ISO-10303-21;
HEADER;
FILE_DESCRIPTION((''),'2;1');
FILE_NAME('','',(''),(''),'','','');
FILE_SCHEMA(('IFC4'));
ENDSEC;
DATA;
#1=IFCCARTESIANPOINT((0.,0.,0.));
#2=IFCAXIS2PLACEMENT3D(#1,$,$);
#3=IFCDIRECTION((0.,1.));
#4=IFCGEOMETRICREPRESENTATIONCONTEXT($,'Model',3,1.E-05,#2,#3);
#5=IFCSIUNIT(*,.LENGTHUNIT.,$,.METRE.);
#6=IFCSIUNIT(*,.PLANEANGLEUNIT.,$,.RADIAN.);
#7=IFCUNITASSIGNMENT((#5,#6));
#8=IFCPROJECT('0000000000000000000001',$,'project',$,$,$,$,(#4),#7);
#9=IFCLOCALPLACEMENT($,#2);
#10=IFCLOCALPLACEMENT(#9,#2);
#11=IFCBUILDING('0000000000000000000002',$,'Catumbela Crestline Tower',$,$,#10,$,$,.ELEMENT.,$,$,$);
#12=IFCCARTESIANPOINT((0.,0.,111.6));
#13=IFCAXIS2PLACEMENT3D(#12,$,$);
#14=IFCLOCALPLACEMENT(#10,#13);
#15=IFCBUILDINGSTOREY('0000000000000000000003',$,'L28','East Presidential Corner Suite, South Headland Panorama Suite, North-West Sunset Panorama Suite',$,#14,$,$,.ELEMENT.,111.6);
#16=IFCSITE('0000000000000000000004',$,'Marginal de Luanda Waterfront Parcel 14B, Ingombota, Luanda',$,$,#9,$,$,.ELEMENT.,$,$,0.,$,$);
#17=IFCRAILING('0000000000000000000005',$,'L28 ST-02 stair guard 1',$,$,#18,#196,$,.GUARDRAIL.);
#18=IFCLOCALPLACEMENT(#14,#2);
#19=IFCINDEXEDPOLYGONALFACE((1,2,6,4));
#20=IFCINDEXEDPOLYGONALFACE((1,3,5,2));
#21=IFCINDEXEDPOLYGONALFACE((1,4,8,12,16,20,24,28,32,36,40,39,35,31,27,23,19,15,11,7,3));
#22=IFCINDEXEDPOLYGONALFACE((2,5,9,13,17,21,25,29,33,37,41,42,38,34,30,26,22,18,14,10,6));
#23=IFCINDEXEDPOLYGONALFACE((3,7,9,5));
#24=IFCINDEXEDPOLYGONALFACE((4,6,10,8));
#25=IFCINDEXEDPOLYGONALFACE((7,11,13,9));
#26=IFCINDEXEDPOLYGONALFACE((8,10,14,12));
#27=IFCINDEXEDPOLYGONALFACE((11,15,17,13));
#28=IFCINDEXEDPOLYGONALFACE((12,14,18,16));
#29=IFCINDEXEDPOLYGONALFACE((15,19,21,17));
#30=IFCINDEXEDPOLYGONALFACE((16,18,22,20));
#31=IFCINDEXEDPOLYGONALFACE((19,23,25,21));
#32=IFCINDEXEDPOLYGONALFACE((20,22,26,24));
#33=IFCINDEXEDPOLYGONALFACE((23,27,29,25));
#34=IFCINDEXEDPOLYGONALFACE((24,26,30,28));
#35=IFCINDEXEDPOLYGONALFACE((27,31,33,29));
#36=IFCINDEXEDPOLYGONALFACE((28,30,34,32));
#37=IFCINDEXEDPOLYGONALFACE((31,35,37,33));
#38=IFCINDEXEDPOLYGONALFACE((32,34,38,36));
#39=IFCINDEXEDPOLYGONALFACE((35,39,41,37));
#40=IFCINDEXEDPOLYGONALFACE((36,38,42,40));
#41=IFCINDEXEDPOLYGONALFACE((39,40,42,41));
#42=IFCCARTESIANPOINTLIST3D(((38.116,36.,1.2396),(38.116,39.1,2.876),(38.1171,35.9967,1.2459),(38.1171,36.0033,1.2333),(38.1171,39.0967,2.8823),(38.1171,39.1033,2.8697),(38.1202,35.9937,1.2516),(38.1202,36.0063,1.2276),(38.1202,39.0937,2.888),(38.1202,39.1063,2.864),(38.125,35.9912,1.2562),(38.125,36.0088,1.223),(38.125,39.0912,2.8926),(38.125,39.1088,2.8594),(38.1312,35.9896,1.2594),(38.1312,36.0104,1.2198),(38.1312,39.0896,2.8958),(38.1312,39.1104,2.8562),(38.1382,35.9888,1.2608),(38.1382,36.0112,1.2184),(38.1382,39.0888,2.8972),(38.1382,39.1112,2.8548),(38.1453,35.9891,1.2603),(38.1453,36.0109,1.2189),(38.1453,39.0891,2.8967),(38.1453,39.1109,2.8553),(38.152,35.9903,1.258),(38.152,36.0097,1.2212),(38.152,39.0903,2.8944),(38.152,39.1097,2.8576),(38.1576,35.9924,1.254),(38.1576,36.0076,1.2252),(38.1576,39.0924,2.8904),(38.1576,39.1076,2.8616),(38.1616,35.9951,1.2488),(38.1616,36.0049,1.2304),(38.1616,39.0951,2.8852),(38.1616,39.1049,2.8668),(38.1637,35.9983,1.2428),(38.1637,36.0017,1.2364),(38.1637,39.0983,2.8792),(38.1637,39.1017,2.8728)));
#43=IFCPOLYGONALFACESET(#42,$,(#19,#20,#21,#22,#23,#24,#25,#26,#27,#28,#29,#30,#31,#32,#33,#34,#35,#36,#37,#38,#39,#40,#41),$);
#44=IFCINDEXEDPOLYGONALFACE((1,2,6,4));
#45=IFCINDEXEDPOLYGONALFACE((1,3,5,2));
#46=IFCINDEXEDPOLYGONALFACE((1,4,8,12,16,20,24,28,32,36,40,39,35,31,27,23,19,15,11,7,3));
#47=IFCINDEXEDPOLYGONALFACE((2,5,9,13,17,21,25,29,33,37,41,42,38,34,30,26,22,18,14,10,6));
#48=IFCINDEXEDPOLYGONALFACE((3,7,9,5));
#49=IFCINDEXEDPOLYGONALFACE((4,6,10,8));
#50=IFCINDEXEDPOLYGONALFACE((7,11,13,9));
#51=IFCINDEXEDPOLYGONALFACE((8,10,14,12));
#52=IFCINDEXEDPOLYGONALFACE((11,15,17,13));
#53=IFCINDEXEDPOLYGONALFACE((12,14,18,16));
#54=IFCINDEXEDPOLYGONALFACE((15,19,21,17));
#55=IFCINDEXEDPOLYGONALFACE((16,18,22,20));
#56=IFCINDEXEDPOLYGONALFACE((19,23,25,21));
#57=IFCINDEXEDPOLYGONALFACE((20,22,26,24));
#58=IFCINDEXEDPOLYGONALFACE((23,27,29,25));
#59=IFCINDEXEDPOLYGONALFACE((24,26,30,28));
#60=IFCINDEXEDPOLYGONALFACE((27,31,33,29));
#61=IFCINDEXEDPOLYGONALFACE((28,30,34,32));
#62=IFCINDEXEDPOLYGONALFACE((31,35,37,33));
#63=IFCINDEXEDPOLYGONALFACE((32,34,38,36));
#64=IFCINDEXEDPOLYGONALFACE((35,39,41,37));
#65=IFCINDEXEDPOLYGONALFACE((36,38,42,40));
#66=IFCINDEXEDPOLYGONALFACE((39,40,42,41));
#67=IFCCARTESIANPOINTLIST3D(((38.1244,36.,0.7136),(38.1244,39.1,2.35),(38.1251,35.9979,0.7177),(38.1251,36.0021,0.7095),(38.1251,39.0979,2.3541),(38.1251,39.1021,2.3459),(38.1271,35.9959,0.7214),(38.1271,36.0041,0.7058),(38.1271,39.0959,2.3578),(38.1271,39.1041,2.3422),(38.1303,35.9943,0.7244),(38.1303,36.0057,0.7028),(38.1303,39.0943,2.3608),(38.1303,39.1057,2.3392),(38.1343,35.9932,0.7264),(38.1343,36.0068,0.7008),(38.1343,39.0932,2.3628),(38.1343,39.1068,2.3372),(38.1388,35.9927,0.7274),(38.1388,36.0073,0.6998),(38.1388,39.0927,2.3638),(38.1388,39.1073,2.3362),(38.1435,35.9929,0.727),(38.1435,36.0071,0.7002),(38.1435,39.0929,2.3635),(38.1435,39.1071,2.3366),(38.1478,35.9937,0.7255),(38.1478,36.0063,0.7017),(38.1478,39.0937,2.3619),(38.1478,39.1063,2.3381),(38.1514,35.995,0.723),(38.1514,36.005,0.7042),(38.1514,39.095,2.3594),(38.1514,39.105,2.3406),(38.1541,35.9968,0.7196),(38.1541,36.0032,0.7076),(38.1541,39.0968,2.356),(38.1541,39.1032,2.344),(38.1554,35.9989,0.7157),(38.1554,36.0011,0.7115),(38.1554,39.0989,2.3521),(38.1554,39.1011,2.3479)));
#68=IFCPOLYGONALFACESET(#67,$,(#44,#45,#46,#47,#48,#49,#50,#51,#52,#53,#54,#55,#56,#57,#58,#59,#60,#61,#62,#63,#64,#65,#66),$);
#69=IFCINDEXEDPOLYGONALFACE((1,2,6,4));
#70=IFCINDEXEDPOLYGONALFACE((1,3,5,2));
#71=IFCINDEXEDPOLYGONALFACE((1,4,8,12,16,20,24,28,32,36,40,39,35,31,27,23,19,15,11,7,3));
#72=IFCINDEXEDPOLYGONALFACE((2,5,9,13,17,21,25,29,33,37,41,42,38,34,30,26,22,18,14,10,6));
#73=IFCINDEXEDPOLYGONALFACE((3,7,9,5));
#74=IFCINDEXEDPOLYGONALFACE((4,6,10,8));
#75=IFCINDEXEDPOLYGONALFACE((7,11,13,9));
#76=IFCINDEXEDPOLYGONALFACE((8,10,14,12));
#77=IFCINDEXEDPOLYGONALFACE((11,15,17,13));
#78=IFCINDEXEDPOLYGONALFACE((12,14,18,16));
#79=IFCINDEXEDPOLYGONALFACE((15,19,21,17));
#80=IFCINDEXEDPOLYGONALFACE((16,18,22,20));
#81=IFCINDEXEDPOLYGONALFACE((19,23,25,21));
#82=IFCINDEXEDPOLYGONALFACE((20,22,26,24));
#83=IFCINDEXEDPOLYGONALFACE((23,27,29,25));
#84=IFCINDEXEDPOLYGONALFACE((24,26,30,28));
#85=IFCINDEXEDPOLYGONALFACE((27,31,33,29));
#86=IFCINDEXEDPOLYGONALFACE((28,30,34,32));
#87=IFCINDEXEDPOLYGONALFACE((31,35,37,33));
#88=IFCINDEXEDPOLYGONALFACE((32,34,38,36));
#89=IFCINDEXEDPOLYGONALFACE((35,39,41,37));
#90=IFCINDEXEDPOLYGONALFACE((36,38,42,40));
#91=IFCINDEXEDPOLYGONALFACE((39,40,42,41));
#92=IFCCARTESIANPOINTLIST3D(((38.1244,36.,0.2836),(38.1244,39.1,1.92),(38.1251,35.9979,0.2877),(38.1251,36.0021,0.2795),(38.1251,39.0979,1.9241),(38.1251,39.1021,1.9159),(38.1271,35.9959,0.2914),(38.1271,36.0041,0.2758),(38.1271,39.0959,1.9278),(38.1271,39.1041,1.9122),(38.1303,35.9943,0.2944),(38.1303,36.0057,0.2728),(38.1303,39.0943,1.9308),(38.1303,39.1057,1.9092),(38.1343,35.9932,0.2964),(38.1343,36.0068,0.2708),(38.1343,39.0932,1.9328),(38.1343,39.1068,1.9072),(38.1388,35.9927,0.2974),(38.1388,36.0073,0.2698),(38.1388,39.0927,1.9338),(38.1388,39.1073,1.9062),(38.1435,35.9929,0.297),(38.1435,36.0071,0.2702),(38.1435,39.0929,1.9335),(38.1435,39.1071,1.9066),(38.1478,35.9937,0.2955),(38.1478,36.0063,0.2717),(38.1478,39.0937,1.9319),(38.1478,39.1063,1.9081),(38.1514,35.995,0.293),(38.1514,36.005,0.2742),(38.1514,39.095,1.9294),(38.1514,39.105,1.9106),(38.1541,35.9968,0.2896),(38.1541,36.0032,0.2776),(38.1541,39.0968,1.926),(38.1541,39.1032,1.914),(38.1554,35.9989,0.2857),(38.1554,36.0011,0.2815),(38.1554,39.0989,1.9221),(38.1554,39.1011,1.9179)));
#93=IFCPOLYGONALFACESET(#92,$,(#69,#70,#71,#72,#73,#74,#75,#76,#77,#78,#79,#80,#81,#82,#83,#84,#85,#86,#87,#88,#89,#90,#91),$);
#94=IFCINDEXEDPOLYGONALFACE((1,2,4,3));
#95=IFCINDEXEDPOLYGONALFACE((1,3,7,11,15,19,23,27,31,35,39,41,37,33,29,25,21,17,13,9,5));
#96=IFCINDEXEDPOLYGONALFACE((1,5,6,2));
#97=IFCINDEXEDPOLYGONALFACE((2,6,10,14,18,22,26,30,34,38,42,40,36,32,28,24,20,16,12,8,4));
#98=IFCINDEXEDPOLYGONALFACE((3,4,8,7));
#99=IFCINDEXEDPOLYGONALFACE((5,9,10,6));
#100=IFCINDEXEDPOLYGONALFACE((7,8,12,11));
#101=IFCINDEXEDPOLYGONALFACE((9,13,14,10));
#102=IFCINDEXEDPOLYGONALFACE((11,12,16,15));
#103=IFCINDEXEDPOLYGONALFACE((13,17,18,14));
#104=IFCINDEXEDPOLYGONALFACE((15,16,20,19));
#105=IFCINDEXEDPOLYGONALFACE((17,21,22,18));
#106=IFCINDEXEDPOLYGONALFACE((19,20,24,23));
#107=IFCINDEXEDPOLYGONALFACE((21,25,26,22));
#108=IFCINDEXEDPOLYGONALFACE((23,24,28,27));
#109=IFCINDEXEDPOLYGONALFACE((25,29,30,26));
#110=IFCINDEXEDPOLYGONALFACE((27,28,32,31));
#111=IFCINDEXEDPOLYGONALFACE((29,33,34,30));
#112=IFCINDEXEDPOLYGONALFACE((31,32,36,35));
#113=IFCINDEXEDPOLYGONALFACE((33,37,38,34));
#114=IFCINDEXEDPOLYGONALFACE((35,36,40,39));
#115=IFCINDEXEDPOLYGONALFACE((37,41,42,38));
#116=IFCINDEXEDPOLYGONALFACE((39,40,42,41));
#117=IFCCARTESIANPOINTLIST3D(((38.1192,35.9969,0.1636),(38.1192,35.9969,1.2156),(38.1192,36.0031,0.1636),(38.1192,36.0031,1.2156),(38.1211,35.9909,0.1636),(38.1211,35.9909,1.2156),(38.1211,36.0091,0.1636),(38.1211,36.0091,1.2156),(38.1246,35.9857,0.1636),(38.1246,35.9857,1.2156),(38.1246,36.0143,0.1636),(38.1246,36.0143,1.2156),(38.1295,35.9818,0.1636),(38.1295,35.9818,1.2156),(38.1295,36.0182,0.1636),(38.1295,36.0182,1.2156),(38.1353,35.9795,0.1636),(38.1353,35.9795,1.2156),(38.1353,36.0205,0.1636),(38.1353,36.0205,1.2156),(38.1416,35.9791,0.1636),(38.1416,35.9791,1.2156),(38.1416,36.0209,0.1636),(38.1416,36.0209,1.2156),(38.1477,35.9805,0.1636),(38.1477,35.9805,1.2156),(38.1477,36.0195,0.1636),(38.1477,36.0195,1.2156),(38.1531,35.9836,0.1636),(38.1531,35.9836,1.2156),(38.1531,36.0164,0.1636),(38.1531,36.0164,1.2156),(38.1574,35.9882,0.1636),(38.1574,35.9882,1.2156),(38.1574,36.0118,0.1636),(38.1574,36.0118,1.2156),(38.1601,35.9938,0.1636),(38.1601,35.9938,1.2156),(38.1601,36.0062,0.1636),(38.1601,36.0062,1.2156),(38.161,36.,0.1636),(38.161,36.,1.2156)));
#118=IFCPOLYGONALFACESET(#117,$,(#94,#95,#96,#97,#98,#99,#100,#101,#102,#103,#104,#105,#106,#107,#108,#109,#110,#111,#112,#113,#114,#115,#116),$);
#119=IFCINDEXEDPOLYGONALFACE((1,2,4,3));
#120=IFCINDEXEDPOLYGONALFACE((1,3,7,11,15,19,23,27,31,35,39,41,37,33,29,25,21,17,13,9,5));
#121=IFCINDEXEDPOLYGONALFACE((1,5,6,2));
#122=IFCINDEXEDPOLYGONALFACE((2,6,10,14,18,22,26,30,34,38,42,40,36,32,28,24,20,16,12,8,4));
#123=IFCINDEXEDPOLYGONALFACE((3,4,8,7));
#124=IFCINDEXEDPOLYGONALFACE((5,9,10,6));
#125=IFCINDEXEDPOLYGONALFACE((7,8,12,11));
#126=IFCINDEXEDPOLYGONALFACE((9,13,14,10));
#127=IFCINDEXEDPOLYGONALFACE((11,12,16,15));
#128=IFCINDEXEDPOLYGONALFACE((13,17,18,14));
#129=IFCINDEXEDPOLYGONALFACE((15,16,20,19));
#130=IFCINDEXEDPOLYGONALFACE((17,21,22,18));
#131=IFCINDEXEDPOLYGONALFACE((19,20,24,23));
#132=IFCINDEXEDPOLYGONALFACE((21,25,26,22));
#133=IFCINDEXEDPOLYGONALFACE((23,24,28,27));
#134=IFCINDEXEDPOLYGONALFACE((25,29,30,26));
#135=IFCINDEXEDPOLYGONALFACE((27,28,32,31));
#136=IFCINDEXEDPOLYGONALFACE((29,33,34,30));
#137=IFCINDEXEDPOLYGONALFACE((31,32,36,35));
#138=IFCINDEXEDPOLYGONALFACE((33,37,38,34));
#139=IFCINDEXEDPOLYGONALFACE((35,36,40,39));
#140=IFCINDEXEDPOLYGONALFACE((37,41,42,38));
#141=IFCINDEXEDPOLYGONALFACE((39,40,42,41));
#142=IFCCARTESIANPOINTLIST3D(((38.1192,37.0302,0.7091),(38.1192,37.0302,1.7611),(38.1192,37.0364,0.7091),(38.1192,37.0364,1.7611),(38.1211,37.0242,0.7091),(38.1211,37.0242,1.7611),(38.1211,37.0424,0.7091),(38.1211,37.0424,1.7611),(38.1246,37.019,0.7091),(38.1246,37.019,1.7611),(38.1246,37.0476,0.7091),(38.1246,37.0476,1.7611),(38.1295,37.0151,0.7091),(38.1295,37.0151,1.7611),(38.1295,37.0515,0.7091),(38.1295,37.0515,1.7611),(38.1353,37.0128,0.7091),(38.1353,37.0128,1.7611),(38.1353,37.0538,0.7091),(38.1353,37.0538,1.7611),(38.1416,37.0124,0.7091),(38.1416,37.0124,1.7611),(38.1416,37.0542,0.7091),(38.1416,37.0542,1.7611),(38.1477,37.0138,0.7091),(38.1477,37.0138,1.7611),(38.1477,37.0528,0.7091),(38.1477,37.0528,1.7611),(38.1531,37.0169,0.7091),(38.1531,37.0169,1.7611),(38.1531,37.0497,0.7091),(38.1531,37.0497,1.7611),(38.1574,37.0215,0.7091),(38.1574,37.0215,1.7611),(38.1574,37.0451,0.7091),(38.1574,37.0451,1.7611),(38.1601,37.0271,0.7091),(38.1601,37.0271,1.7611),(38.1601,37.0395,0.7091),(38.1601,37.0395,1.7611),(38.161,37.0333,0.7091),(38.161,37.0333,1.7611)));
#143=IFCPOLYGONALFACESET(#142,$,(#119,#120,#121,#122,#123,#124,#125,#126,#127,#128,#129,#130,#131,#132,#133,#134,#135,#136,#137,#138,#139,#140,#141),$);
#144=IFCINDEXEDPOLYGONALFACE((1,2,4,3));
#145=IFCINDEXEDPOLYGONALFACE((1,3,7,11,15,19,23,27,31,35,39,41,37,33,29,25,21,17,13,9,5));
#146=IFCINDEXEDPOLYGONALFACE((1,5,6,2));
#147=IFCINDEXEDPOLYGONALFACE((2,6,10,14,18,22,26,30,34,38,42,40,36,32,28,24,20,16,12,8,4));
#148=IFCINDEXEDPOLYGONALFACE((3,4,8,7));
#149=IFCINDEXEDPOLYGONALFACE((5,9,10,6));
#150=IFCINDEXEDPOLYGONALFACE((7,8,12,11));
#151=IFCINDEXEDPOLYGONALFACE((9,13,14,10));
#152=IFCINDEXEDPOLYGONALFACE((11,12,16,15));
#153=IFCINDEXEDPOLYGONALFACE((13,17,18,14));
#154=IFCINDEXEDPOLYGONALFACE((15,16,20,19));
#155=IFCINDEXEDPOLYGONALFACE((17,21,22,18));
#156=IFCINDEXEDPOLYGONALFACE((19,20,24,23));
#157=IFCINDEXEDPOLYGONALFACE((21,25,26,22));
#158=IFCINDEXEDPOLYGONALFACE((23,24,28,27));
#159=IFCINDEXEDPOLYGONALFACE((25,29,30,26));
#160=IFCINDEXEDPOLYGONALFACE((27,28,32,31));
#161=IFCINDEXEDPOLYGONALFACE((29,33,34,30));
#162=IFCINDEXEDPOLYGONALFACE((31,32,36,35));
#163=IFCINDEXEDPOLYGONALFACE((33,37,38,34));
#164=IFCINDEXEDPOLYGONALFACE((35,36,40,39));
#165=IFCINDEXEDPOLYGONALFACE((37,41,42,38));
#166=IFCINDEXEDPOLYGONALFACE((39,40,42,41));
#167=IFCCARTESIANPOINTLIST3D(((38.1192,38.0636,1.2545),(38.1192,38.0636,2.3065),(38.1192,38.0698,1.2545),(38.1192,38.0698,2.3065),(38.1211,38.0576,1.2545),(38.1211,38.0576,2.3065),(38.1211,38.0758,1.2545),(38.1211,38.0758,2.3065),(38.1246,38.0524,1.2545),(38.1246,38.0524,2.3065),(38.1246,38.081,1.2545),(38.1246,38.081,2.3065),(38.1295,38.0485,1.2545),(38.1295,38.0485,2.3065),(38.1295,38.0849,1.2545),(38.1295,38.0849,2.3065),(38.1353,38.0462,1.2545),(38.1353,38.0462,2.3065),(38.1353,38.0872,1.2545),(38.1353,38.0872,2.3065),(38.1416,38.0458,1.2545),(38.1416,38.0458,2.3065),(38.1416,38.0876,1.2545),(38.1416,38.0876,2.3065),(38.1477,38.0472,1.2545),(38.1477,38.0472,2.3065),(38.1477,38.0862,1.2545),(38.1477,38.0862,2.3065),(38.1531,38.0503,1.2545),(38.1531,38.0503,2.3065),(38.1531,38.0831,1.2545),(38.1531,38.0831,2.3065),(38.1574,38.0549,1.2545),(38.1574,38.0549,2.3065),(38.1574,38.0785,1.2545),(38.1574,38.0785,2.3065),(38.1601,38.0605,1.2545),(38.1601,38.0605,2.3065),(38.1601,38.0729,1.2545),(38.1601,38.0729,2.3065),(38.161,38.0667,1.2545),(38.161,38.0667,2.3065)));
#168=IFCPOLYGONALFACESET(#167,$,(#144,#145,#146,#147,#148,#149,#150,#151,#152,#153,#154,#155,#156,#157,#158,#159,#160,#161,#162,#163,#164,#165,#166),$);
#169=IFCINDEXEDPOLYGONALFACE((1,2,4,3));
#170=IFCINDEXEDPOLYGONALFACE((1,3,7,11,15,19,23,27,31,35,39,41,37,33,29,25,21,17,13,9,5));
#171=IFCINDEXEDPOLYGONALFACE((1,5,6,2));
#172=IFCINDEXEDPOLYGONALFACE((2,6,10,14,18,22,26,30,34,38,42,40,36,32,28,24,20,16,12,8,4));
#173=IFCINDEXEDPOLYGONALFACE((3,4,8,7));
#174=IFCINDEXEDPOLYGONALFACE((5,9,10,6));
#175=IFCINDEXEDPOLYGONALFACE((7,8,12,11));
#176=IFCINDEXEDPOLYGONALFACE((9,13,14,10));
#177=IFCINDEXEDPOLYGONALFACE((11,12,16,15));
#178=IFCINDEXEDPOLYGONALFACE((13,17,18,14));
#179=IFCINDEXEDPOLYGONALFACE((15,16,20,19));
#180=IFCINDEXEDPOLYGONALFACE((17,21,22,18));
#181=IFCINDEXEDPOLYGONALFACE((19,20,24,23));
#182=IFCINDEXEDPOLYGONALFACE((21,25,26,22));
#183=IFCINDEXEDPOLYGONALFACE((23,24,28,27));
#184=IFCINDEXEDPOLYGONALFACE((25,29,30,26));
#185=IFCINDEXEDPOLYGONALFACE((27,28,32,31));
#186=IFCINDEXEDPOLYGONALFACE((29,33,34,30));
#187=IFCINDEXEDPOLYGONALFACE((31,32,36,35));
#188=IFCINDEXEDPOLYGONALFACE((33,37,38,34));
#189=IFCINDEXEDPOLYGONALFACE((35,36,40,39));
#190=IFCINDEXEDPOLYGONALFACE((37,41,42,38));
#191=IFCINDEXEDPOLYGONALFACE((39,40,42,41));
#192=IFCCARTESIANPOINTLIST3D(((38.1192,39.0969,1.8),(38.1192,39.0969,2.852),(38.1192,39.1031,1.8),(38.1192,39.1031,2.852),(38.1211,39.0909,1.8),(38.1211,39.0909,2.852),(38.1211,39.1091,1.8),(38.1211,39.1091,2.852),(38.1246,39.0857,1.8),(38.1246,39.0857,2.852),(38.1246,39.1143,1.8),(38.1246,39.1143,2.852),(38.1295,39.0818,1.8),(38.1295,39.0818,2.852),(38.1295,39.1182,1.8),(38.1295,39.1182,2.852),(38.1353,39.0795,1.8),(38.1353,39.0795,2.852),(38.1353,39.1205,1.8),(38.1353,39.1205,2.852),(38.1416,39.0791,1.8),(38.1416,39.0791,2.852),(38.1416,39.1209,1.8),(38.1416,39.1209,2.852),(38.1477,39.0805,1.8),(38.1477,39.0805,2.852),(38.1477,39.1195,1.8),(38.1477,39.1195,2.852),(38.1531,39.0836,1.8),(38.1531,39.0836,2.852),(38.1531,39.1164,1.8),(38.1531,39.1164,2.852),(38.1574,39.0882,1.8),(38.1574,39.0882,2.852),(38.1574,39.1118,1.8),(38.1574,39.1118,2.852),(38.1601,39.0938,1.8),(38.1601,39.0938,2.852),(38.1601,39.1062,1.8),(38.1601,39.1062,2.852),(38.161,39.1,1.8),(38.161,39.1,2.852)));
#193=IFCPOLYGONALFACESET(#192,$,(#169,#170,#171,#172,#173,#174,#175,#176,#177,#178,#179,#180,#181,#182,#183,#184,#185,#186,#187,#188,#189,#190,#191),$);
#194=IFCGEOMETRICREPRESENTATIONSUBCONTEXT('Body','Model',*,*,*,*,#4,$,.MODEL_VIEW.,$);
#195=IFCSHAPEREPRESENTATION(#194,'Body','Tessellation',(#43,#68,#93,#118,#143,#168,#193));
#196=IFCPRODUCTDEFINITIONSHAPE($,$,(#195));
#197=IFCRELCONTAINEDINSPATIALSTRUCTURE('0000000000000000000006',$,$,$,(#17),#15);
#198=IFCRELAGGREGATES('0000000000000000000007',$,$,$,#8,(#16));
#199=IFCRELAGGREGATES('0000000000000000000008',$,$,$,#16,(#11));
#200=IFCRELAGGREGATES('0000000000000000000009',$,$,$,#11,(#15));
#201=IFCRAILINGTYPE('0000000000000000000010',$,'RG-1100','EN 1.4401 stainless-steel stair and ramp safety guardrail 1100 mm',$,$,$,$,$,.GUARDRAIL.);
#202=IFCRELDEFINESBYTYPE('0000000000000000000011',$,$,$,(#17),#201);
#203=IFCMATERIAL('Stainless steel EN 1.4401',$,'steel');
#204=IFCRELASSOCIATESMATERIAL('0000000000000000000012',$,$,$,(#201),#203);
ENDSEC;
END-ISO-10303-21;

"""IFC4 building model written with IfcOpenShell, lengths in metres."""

from ifc_helpers import new_model, si_unit, direction, frame, origin, origin_2d, place, context, subcontext, project, spatial, circle, extrude, material, type_object, element, save


model = new_model("IFC4")

# Units and contexts
model_context = context("Model", 3, precision=1e-05, world=origin(), true_north=direction((0.0, 1.0)))
body_context = subcontext(model_context, "Body", "Model", "MODEL_VIEW")
ifc_project = project(units=[si_unit("LENGTHUNIT", "METRE"), si_unit("PLANEANGLEUNIT", "RADIAN")], contexts=[model_context])

# Site, building, storey
site_placement = place(None, origin())
site = spatial("IfcSite", under=ifc_project, at=site_placement, Name="Marginal de Luanda Waterfront Parcel 14B, Ingombota, Luanda", CompositionType="ELEMENT", RefElevation=0.0)
building_placement = place(site_placement, origin())
building = spatial("IfcBuilding", under=site, at=building_placement, Name="Catumbela Crestline Tower", CompositionType="ELEMENT")
storey_placement = place(building_placement, frame((0.0, 0.0, 111.6)))
storey = spatial("IfcBuildingStorey", under=building, at=storey_placement, Name="L28", Description="East Presidential Corner Suite, South Headland Panorama Suite, North-West Sunset Panorama Suite", CompositionType="ELEMENT", Elevation=111.6)

# Shared definitions
ifc_material_1 = material(Name="Stainless steel EN 1.4401", Category="steel")

# Railing
railing_type_1 = type_object("IfcRailingType", Name="RG-1100", Description="EN 1.4401 stainless-steel stair and ramp safety guardrail 1100 mm", PredefinedType="GUARDRAIL", material=ifc_material_1)
railing_1_placement = place(storey_placement, frame((38.14, 36.0, 0.1636)))
element("IfcRailing", 1, at=railing_1_placement, inside=storey, type_object=railing_type_1, Name="L28 ST-02 stair guard 1", PredefinedType="GUARDRAIL", context=body_context, shape_type="SweptSolid", body=[
    extrude(circle(Radius=0.024, at=origin_2d()), frame((0.0, 0.0, 1.076), z_axis=(0.0, 0.884351, 0.466823), x_axis=(-1.0, 0.0, 0.0)), (0.0, 0.0, 1.0), 3.5054),
    extrude(circle(Radius=0.0156, at=origin_2d()), frame((0.0, 0.0, 0.55), z_axis=(0.0, 0.884351, 0.466823), x_axis=(-1.0, 0.0, 0.0)), (0.0, 0.0, 1.0), 3.5054),
    extrude(circle(Radius=0.0156, at=origin_2d()), frame((0.0, 0.0, 0.12), z_axis=(0.0, 0.884351, 0.466823), x_axis=(-1.0, 0.0, 0.0)), (0.0, 0.0, 1.0), 3.5054),
    extrude(circle(Radius=0.021, at=origin_2d()), origin(), (0.0, 0.0, 1.0), 1.052),
    extrude(circle(Radius=0.021, at=origin_2d()), frame((0.0, 1.0333, 0.5455)), (0.0, 0.0, 1.0), 1.052),
    extrude(circle(Radius=0.021, at=origin_2d()), frame((0.0, 2.0667, 1.0909)), (0.0, 0.0, 1.0), 1.052),
    extrude(circle(Radius=0.021, at=origin_2d()), frame((0.0, 3.1, 1.6364)), (0.0, 0.0, 1.0), 1.052),
])

save(model, "model.ifc")
